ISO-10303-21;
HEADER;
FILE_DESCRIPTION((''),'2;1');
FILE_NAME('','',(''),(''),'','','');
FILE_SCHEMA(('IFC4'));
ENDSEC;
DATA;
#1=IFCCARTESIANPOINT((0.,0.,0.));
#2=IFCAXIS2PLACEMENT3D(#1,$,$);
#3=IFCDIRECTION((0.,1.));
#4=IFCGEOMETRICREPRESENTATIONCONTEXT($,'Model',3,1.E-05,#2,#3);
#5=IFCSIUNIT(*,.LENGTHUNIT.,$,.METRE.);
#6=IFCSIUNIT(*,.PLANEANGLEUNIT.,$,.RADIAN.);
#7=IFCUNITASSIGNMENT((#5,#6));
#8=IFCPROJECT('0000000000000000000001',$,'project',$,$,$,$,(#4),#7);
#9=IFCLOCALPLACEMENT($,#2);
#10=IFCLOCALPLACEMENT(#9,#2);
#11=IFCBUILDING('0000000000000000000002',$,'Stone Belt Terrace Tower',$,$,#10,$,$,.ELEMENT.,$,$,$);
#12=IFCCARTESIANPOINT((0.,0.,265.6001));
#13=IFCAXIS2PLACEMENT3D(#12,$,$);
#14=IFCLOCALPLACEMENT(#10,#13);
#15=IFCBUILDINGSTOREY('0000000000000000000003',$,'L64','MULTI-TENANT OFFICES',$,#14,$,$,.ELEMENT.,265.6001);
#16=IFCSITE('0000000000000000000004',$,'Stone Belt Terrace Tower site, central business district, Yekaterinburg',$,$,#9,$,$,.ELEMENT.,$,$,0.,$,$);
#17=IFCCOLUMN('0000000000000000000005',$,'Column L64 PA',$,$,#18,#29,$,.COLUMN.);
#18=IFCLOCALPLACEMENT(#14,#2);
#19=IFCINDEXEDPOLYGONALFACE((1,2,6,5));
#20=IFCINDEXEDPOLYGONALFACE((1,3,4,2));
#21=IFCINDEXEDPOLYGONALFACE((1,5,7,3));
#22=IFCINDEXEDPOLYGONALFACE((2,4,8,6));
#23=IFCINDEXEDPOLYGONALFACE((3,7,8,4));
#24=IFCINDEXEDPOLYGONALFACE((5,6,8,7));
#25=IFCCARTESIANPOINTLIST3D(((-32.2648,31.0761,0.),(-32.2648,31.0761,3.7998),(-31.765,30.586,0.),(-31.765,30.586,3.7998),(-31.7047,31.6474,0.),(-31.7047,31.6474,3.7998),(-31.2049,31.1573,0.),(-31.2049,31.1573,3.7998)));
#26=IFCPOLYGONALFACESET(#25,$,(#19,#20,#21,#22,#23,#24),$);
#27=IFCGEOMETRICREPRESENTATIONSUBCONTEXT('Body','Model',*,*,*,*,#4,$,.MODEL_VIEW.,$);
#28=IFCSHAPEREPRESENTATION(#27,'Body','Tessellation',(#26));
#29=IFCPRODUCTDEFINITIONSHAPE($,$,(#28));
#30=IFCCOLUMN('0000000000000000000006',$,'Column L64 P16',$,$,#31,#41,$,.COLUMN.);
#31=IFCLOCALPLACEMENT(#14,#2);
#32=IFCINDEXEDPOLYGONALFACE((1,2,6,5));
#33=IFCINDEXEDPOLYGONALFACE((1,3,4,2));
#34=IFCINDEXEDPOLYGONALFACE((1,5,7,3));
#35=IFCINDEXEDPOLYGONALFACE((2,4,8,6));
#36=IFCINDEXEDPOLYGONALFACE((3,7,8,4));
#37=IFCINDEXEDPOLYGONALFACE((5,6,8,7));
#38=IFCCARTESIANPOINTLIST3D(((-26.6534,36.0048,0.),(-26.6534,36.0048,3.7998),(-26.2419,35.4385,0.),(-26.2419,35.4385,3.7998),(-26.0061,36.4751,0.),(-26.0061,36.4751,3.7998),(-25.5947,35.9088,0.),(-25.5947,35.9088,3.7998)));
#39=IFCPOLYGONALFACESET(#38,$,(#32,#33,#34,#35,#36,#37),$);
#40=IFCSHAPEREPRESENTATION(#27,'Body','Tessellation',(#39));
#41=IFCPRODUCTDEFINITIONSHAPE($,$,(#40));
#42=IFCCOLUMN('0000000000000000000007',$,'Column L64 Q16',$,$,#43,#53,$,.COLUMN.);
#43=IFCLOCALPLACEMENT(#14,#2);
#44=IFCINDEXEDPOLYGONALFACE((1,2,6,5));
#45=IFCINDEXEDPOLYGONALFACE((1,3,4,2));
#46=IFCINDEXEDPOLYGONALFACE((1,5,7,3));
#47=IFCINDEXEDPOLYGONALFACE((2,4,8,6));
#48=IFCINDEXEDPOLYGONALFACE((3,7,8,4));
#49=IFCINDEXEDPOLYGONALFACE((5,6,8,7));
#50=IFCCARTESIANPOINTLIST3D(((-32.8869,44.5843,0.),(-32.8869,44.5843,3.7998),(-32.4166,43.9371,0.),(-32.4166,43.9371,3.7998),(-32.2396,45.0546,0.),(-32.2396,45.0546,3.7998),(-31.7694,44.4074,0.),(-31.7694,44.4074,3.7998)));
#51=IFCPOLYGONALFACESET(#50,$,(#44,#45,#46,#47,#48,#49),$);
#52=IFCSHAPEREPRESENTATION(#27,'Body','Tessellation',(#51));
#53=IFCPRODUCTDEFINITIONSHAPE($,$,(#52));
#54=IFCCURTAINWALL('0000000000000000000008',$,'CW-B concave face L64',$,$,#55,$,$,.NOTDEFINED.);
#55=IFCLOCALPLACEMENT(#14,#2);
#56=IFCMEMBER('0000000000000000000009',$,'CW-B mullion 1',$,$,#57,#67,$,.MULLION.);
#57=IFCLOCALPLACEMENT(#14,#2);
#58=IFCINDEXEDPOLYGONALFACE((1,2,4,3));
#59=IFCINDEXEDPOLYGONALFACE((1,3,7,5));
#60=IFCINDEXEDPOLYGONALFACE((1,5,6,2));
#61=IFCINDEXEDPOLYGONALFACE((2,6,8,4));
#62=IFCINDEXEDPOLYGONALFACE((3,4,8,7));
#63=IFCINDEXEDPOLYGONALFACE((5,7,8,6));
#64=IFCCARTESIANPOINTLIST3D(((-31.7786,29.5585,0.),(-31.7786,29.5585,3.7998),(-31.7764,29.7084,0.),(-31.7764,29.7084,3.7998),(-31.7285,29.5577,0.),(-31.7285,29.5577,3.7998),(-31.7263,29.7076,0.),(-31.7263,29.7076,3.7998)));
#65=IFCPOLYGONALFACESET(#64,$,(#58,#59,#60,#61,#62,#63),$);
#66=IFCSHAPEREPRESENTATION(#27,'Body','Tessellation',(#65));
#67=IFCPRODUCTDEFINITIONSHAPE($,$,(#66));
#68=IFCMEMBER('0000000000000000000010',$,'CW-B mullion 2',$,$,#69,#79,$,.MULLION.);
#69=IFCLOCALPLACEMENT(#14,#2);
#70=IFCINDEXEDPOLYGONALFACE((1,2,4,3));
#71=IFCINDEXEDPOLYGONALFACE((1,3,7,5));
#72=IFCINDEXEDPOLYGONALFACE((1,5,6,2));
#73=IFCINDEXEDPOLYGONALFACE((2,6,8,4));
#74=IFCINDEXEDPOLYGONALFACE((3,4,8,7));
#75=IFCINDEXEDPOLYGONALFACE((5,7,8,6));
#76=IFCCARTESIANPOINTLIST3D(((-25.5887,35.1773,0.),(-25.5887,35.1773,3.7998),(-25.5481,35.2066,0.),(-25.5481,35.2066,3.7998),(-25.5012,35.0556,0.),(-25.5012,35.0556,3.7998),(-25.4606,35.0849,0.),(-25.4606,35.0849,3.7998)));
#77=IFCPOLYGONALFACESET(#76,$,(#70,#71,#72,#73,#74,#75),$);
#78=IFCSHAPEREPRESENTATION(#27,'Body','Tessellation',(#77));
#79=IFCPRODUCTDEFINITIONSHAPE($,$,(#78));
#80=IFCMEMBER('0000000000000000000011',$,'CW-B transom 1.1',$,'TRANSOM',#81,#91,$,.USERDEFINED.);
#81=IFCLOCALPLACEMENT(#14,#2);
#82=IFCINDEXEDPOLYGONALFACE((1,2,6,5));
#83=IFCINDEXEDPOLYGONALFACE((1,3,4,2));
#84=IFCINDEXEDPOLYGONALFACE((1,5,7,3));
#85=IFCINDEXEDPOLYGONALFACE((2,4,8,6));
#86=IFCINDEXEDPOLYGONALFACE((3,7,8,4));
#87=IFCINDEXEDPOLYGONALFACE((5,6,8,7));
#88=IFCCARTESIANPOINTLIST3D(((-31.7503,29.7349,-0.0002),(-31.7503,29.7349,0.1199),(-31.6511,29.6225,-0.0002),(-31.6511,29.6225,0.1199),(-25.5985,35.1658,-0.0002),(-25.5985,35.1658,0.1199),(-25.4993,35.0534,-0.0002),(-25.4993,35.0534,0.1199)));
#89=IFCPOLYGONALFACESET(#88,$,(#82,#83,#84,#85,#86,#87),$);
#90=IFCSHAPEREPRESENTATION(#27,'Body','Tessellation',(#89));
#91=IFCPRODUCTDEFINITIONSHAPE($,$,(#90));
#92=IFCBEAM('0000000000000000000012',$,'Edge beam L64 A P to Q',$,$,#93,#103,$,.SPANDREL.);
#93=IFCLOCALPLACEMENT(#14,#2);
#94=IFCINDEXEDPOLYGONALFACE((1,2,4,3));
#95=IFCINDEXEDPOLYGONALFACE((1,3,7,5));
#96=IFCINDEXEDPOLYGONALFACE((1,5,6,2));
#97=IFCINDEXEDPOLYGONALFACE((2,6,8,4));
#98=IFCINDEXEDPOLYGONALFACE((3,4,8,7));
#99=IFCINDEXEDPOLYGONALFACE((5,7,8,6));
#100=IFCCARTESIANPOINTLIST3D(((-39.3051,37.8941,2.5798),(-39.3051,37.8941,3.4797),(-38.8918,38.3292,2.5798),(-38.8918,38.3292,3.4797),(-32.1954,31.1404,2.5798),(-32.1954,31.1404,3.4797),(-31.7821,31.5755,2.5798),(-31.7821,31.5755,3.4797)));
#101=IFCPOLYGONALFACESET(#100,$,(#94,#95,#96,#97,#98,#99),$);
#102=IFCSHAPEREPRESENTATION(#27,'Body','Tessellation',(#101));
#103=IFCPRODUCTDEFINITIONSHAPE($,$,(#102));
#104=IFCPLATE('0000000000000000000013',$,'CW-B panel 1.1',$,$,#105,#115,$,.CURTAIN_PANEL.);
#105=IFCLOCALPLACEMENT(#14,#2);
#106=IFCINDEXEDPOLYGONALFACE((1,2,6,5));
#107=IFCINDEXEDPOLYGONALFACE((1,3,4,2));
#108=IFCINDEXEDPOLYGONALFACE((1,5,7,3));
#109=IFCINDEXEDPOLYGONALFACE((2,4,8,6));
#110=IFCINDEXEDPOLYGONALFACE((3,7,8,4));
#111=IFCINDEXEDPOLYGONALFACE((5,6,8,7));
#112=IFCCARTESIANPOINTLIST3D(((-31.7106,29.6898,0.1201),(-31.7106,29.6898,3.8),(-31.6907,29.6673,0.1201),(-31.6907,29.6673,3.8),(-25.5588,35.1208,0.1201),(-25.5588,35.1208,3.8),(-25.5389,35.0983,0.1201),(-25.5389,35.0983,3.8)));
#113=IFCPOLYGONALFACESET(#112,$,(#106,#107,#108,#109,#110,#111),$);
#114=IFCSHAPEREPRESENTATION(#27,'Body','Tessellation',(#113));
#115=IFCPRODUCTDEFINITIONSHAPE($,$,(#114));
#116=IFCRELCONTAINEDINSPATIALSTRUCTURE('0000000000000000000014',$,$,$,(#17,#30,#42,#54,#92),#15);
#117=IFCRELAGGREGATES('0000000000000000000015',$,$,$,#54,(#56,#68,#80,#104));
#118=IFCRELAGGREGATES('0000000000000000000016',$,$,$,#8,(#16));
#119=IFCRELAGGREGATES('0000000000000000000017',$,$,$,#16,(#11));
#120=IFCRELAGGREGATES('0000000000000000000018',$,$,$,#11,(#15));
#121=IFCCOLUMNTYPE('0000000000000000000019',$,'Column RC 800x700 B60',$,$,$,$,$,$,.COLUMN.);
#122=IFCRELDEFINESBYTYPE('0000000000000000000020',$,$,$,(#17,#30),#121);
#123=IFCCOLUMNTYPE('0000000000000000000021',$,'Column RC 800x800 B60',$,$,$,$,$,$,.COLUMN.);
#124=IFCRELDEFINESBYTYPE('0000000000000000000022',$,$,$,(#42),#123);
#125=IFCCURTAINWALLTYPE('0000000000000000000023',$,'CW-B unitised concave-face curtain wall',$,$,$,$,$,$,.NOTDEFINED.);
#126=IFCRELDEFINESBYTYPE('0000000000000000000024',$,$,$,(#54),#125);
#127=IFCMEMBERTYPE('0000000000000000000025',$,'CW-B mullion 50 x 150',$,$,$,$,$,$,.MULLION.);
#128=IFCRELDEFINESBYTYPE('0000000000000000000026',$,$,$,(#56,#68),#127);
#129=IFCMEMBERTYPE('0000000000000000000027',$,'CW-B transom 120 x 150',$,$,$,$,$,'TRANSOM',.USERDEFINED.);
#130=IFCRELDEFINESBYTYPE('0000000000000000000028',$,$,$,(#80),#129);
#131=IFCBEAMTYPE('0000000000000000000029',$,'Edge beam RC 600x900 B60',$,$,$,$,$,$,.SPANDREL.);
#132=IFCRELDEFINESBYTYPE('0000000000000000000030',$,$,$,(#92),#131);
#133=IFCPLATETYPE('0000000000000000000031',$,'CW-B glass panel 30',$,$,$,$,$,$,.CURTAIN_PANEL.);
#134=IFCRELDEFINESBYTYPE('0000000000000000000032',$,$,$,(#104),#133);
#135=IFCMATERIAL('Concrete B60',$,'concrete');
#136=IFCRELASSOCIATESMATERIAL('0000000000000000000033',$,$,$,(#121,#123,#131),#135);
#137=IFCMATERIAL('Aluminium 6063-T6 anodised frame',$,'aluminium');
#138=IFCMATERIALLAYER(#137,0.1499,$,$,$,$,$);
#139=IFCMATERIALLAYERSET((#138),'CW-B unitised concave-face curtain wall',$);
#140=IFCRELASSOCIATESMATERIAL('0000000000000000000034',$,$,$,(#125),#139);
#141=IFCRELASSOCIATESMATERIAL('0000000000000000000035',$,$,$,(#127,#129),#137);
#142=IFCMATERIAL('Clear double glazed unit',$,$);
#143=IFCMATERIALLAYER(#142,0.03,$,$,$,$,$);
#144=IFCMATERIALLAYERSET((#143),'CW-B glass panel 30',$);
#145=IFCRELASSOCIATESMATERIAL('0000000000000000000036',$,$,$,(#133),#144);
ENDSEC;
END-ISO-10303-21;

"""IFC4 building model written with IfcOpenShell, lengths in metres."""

from ifc_helpers import new_model, si_unit, direction, frame, origin, origin_2d, place, context, subcontext, project, spatial, rectangle, extrude, material, layer, layer_set, material_profile, profile_set, type_object, element, aggregate, save


model = new_model("IFC4")

# Units and contexts
model_context = context("Model", 3, precision=1e-05, world=origin(), true_north=direction((0.0, 1.0)))
body_context = subcontext(model_context, "Body", "Model", "MODEL_VIEW")
ifc_project = project(units=[si_unit("LENGTHUNIT", "METRE"), si_unit("PLANEANGLEUNIT", "RADIAN")], contexts=[model_context])

# Site, building, storey
site_placement = place(None, origin())
site = spatial("IfcSite", under=ifc_project, at=site_placement, Name="Stone Belt Terrace Tower site, central business district, Yekaterinburg", CompositionType="ELEMENT", RefElevation=0.0)
building_placement = place(site_placement, origin())
building = spatial("IfcBuilding", under=site, at=building_placement, Name="Stone Belt Terrace Tower", CompositionType="ELEMENT")
storey_placement = place(building_placement, frame((0.0, 0.0, 265.6001)))
storey = spatial("IfcBuildingStorey", under=building, at=storey_placement, Name="L64", Description="MULTI-TENANT OFFICES", CompositionType="ELEMENT", Elevation=265.6001)

# Columns
ifc_material_1 = material(Name="Concrete B60", Category="concrete")
ifc_material_profile_1 = material_profile(ifc_material_1, rectangle(XDim=0.8, YDim=0.7, at=origin_2d()), Name="RC 800x700")
ifc_profile_set_1 = profile_set([ifc_material_profile_1], Name="Concrete B60")
column_type_1 = type_object("IfcColumnType", Name="Column RC 800x700 B60", PredefinedType="COLUMN", material=ifc_profile_set_1)
for number, where, z_axis, x_axis, name in (
    (1, (-31.7349, 31.1167, 0.0), (0.0, 0.0, 1.0), (0.70012, 0.714026, 0.0), "Column L64 PA"),
    (2, (-26.124, 35.9568, 0.0), (0.0, 0.0, 1.0), (0.809017, 0.587785, 0.0), "Column L64 P16"),
):
    element("IfcColumn", number, at=place(storey_placement, frame(where, z_axis=z_axis, x_axis=x_axis)), inside=storey, type_object=column_type_1, Name=name, PredefinedType="COLUMN", context=body_context, shape_type="SweptSolid", body=[
        extrude(rectangle(XDim=0.8, YDim=0.7, at=origin_2d()), origin(), (0.0, 0.0, 1.0), 3.7998),
    ])
ifc_material_profile_2 = material_profile(ifc_material_1, rectangle(XDim=0.8, YDim=0.8, at=origin_2d()), Name="RC 800x800")
ifc_profile_set_2 = profile_set([ifc_material_profile_2], Name="Concrete B60")
column_type_2 = type_object("IfcColumnType", Name="Column RC 800x800 B60", PredefinedType="COLUMN", material=ifc_profile_set_2)
column_placement = place(storey_placement, frame((-32.3281, 44.4958, 0.0), z_axis=(0.0, 0.0, 1.0), x_axis=(0.809017, 0.587785, 0.0)))
element("IfcColumn", 3, at=column_placement, inside=storey, type_object=column_type_2, Name="Column L64 Q16", PredefinedType="COLUMN", context=body_context, shape_type="SweptSolid", body=[
    extrude(rectangle(XDim=0.8, YDim=0.8, at=origin_2d()), origin(), (0.0, 0.0, 1.0), 3.7998),
])

# Curtain wall, members
ifc_material_2 = material(Name="Aluminium 6063-T6 anodised frame", Category="aluminium")
ifc_layer_1 = layer(ifc_material_2, 0.1499)
ifc_layer_set_1 = layer_set([ifc_layer_1], Name="CW-B unitised concave-face curtain wall")
curtain_wall_type = type_object("IfcCurtainWallType", Name="CW-B unitised concave-face curtain wall", PredefinedType="NOTDEFINED", material=ifc_layer_set_1)
curtain_wall_placement = place(storey_placement, origin())
curtain_wall = element("IfcCurtainWall", 4, at=curtain_wall_placement, inside=storey, type_object=curtain_wall_type, Name="CW-B concave face L64", PredefinedType="NOTDEFINED")
ifc_material_profile_3 = material_profile(ifc_material_2, rectangle(XDim=0.1499, YDim=0.05, at=origin_2d()), Name="Aluminium 6063-T6 50x150")
ifc_profile_set_3 = profile_set([ifc_material_profile_3], Name="Aluminium 6063-T6 anodised frame")
member_type_1 = type_object("IfcMemberType", Name="CW-B mullion 50 x 150", PredefinedType="MULLION", material=ifc_profile_set_3)
member_1_placement = place(storey_placement, frame((-31.7524, 29.6331, 0.0), z_axis=(0.0, 0.0, 1.0), x_axis=(0.014682, 0.999892, 0.0)))
member_1 = element("IfcMember", 5, at=member_1_placement, type_object=member_type_1, Name="CW-B mullion 1", PredefinedType="MULLION", context=body_context, shape_type="SweptSolid", body=[
    extrude(rectangle(XDim=0.1499, YDim=0.05, at=origin_2d()), origin(), (0.0, 0.0, 1.0), 3.7998),
])
member_2_placement = place(storey_placement, frame((-25.5247, 35.1311, 0.0), z_axis=(0.0, 0.0, 1.0), x_axis=(-0.583819, 0.811884, 0.0)))
member_2 = element("IfcMember", 6, at=member_2_placement, type_object=member_type_1, Name="CW-B mullion 2", PredefinedType="MULLION", context=body_context, shape_type="SweptSolid", body=[
    extrude(rectangle(XDim=0.1499, YDim=0.05, at=origin_2d()), origin(), (0.0, 0.0, 1.0), 3.7998),
])
ifc_material_profile_4 = material_profile(ifc_material_2, rectangle(XDim=0.1499, YDim=0.1201, at=origin_2d()), Name="Aluminium 6063-T6 150x120")
ifc_profile_set_4 = profile_set([ifc_material_profile_4], Name="Aluminium 6063-T6 anodised frame")
member_type_2 = type_object("IfcMemberType", Name="CW-B transom 120 x 150", ElementType="TRANSOM", PredefinedType="USERDEFINED", material=ifc_profile_set_4)
member_3_placement = place(storey_placement, frame((-31.7007, 29.6787, 0.0598), z_axis=(0.749669, 0.661813, 0.0), x_axis=(-0.661813, 0.749669, 0.0)))
member_3 = element("IfcMember", 7, at=member_3_placement, type_object=member_type_2, Name="CW-B transom 1.1", ObjectType="TRANSOM", PredefinedType="USERDEFINED", context=body_context, shape_type="SweptSolid", body=[
    extrude(rectangle(XDim=0.1499, YDim=0.1201, at=origin_2d()), origin(), (0.0, 0.0, 1.0), 8.2061),
])

# Beam
ifc_material_profile_5 = material_profile(ifc_material_1, rectangle(XDim=0.6001, YDim=0.8999, at=origin_2d()), Name="RC 600x900")
ifc_profile_set_5 = profile_set([ifc_material_profile_5], Name="Concrete B60")
beam_type = type_object("IfcBeamType", Name="Edge beam RC 600x900 B60", PredefinedType="SPANDREL", material=ifc_profile_set_5)
beam_placement = place(storey_placement, frame((-31.9888, 31.3579, 3.0298), z_axis=(-0.725024, 0.688724, 0.0), x_axis=(-0.688724, -0.725024, 0.0)))
element("IfcBeam", 8, at=beam_placement, inside=storey, type_object=beam_type, Name="Edge beam L64 A P to Q", PredefinedType="SPANDREL", context=body_context, shape_type="SweptSolid", body=[
    extrude(rectangle(XDim=0.6001, YDim=0.8999, at=origin_2d()), origin(), (0.0, 0.0, 1.0), 9.8062),
])

# Plate
ifc_material_3 = material(Name="Clear double glazed unit")
ifc_layer_2 = layer(ifc_material_3, 0.03)
ifc_layer_set_2 = layer_set([ifc_layer_2], Name="CW-B glass panel 30")
plate_type = type_object("IfcPlateType", Name="CW-B glass panel 30", PredefinedType="CURTAIN_PANEL", material=ifc_layer_set_2)
plate_placement = place(storey_placement, frame((-28.6248, 32.394, 0.1201), z_axis=(0.0, 0.0, 1.0), x_axis=(0.749659, 0.661825, 0.0)))
plate = element("IfcPlate", 9, at=plate_placement, type_object=plate_type, Name="CW-B panel 1.1", PredefinedType="CURTAIN_PANEL", context=body_context, shape_type="SweptSolid", body=[
    extrude(rectangle(XDim=8.2061, YDim=0.03, at=origin_2d()), origin(), (0.0, 0.0, 1.0), 3.6799),
])
aggregate(curtain_wall, [member_1, member_2, member_3, plate])

save(model, "model.ifc")
